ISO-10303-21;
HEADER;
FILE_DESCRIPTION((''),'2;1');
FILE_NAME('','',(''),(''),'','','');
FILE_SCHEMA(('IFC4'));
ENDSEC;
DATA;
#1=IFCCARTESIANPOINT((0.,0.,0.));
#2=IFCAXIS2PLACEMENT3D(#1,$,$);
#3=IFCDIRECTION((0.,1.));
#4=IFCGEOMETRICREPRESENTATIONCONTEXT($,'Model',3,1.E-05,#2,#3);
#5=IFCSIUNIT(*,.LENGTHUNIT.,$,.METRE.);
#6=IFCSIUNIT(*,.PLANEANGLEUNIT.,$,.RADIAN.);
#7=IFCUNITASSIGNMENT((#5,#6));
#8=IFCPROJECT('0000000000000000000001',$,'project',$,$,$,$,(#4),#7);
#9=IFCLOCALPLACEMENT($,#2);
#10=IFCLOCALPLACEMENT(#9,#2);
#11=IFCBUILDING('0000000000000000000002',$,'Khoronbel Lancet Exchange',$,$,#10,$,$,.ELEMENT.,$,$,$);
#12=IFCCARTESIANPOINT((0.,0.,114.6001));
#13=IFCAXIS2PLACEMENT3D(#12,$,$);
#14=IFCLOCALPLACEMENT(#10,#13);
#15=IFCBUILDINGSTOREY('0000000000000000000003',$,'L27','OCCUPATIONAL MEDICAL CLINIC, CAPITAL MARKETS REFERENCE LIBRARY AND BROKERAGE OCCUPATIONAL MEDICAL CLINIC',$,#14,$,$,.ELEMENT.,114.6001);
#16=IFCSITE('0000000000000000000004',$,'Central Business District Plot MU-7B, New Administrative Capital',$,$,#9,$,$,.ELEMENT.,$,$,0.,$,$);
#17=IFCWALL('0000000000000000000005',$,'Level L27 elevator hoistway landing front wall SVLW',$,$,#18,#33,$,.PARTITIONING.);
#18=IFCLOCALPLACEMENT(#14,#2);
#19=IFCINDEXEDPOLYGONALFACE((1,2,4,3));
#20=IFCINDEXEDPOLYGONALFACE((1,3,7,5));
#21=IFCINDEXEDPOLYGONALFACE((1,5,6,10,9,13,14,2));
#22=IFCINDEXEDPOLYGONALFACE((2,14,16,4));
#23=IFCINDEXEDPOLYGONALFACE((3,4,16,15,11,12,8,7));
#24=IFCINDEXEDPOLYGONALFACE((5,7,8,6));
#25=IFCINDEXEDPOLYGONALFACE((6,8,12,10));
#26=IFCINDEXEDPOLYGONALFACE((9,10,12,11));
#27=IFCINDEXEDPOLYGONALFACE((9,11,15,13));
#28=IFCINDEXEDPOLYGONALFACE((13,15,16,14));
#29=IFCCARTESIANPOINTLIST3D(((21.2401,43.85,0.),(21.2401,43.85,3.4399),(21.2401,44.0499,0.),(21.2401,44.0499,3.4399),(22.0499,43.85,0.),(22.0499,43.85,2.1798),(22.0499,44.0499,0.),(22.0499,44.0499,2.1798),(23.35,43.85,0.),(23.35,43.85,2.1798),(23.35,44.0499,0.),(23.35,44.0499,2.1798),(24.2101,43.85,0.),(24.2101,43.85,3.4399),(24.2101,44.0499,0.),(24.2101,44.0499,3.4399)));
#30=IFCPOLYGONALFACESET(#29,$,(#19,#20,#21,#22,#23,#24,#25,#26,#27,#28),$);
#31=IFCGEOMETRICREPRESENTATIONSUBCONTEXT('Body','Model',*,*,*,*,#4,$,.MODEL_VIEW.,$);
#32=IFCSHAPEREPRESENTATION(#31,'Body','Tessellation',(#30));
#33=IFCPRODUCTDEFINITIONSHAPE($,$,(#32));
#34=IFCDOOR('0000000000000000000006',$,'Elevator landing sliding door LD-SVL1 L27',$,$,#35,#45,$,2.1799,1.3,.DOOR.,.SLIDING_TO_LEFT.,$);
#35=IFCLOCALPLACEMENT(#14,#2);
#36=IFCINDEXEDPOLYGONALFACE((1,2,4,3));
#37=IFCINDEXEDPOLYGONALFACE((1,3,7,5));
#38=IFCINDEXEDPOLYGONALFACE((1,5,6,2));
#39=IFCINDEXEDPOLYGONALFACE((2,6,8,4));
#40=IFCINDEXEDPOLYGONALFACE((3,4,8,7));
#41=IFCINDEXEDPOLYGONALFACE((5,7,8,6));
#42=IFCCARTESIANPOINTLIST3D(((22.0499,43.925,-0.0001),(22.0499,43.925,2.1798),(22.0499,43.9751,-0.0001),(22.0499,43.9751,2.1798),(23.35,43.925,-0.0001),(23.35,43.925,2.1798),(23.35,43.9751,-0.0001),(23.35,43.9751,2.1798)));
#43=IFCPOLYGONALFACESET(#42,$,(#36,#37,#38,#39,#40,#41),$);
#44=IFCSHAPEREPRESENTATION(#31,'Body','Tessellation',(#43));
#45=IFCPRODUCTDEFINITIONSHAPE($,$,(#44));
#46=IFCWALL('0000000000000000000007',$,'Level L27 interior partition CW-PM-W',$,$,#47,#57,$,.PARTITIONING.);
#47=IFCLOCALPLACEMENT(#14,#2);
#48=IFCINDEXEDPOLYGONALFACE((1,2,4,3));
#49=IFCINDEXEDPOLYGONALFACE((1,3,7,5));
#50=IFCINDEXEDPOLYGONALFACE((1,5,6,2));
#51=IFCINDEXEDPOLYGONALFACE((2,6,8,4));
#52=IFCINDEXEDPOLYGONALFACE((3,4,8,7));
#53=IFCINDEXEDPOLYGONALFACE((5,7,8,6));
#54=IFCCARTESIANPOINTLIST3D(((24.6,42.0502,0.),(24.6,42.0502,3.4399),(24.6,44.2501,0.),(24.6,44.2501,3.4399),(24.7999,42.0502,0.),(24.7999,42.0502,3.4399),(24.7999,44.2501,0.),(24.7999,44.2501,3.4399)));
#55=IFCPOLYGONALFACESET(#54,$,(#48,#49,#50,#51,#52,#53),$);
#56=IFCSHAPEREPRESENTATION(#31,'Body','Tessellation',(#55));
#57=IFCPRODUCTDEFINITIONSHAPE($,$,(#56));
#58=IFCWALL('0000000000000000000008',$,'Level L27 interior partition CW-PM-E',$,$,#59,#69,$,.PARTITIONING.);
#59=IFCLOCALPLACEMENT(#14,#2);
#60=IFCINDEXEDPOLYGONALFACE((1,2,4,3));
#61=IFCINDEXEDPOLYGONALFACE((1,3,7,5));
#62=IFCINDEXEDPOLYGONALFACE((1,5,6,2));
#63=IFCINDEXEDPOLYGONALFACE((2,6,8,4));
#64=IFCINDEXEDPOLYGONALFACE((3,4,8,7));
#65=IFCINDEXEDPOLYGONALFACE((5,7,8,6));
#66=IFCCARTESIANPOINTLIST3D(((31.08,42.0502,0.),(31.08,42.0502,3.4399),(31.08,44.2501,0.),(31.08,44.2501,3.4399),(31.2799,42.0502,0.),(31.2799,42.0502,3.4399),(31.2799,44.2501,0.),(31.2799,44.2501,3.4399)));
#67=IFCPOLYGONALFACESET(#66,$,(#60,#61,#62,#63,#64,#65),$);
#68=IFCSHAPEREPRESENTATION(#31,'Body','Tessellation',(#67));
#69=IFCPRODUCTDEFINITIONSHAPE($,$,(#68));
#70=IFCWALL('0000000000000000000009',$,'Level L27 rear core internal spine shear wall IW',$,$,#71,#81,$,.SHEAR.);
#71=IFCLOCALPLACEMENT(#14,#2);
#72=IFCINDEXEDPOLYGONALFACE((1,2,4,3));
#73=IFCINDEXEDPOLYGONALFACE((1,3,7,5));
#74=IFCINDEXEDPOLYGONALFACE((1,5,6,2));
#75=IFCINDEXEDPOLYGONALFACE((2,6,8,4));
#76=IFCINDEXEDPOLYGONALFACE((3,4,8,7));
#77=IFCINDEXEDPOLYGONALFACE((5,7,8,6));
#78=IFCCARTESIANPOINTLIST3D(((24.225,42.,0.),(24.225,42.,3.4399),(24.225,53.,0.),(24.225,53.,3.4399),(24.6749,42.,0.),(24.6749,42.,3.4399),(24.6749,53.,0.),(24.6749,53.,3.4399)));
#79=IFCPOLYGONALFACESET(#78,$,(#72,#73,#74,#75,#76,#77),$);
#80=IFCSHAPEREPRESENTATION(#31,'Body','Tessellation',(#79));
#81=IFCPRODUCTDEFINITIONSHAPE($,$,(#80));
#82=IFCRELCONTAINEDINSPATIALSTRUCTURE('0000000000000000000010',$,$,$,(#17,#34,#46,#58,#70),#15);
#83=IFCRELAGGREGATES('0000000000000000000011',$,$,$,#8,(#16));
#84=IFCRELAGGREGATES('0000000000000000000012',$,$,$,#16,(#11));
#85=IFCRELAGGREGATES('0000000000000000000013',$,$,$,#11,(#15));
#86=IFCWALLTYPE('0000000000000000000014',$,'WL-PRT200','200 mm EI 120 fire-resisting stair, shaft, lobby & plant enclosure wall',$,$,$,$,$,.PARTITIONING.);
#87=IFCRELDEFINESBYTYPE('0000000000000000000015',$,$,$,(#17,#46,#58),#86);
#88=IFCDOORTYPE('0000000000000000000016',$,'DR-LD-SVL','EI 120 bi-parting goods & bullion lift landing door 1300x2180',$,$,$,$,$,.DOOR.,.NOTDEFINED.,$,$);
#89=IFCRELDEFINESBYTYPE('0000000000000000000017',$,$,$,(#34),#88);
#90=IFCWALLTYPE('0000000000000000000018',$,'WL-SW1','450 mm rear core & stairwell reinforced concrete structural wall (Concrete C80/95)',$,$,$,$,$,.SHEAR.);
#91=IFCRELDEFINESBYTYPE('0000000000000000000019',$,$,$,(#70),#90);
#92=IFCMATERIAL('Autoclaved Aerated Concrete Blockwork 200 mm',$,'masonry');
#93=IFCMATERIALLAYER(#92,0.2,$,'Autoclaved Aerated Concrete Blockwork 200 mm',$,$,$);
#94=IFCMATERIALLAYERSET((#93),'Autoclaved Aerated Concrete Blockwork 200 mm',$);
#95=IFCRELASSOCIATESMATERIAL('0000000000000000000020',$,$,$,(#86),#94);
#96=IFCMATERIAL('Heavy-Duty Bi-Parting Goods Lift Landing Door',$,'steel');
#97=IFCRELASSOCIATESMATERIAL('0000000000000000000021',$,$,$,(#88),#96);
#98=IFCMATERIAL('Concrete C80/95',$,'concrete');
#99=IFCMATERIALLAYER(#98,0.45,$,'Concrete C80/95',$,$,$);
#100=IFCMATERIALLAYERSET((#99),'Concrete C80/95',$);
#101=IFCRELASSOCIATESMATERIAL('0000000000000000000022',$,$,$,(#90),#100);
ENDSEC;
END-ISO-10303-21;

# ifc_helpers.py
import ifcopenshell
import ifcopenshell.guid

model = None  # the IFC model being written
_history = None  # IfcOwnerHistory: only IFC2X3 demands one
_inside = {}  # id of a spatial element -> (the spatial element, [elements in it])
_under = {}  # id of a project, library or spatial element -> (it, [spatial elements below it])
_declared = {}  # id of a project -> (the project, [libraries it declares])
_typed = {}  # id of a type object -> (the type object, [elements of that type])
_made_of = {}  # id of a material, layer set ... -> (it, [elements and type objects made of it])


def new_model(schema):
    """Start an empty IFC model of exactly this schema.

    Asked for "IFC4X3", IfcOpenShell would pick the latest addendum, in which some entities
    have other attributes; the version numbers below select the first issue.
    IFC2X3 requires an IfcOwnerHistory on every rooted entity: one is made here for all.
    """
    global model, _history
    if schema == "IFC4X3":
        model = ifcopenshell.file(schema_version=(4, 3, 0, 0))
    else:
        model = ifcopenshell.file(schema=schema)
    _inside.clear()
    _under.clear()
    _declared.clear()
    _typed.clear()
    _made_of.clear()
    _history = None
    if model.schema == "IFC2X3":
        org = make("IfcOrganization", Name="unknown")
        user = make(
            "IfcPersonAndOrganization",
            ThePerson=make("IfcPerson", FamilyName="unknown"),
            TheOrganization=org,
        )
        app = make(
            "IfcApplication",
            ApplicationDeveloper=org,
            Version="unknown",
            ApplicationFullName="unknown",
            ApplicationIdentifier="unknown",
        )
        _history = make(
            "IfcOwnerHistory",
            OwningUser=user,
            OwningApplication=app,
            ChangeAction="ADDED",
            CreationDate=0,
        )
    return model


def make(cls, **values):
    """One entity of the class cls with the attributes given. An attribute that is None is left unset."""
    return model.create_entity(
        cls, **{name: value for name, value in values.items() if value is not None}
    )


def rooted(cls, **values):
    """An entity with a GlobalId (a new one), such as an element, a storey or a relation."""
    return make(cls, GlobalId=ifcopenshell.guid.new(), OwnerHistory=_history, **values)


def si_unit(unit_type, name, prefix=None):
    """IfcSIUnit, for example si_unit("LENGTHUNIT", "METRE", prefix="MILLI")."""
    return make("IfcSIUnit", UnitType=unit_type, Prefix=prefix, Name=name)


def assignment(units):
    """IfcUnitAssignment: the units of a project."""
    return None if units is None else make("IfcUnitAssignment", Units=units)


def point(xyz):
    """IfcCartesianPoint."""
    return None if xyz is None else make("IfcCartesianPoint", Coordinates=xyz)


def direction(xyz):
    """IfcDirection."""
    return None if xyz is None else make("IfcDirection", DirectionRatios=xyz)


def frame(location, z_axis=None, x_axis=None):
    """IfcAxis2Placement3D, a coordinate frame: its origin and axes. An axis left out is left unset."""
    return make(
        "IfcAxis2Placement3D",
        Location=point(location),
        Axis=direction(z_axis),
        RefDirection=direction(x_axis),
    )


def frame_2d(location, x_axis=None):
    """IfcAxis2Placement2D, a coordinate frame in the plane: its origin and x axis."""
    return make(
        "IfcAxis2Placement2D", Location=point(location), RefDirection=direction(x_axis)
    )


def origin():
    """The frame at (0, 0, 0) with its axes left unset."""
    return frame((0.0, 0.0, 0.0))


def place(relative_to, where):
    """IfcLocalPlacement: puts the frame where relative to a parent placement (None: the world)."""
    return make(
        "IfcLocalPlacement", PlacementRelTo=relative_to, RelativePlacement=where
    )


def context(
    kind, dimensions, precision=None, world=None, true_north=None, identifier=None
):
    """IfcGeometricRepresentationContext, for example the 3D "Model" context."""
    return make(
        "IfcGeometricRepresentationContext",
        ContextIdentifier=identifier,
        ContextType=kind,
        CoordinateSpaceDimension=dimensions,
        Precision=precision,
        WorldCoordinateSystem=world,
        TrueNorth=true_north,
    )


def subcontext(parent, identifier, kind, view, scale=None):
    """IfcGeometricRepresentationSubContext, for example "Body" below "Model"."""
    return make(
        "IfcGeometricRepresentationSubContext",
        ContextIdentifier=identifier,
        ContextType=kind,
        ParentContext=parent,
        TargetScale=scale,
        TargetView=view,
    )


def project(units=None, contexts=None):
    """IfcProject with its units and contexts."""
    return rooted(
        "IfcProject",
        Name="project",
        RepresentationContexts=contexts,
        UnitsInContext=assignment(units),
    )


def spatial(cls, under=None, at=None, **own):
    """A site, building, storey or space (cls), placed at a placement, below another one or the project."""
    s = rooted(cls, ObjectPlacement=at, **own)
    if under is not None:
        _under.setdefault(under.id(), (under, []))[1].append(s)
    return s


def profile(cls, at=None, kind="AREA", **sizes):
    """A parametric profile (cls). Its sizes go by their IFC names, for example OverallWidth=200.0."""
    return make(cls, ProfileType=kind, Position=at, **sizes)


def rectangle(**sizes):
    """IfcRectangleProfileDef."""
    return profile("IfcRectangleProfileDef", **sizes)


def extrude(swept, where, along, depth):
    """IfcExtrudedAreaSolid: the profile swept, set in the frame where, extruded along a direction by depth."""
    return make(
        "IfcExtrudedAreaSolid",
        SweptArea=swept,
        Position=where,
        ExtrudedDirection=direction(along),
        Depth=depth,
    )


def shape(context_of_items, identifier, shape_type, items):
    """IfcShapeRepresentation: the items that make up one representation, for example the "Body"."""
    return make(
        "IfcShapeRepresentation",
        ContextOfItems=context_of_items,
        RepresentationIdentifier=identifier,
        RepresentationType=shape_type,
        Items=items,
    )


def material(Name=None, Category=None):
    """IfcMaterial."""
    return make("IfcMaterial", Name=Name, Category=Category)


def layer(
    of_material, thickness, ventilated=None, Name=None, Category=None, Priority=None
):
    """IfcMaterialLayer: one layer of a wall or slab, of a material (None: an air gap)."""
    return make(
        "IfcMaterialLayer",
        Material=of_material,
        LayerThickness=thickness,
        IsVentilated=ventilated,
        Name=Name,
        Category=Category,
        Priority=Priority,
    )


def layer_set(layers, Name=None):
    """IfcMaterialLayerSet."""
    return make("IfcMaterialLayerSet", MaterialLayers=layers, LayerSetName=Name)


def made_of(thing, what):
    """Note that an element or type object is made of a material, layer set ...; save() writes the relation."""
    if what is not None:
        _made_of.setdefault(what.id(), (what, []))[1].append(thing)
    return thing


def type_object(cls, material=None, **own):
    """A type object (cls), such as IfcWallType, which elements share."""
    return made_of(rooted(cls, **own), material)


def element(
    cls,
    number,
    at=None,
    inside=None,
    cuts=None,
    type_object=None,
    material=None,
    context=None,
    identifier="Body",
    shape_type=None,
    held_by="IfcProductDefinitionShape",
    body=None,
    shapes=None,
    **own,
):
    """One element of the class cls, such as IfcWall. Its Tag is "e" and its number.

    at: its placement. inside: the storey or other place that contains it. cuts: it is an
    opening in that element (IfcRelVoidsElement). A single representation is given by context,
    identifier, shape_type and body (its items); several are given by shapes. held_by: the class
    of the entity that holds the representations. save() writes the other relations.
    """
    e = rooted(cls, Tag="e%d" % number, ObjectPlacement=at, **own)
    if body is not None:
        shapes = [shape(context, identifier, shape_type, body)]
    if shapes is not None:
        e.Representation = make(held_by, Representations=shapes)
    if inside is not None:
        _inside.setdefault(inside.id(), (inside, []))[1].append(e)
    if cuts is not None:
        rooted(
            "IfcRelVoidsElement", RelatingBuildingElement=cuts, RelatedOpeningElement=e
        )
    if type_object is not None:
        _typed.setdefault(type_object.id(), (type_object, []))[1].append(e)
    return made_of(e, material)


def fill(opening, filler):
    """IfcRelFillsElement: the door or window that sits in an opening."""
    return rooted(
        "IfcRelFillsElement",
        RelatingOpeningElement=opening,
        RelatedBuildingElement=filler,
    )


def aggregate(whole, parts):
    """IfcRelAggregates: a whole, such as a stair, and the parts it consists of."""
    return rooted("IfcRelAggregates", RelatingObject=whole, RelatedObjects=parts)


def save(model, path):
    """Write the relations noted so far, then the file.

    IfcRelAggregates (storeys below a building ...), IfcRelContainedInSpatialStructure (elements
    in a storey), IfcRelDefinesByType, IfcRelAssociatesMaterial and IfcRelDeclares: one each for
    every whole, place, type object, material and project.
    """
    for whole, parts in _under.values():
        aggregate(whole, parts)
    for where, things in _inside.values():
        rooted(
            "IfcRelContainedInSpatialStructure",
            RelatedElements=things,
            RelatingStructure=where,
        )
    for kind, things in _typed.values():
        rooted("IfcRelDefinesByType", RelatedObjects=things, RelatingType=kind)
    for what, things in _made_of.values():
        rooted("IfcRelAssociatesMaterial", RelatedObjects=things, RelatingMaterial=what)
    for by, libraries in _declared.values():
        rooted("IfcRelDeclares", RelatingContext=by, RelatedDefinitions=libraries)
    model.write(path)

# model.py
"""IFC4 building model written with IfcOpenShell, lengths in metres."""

from ifc_helpers import new_model, si_unit, direction, frame, frame_2d, origin, place, context, subcontext, project, spatial, rectangle, extrude, material, layer, layer_set, type_object, element, fill, save


model = new_model("IFC4")

# Units and contexts
model_context = context("Model", 3, precision=1e-05, world=origin(), true_north=direction((0.0, 1.0)))
body_context = subcontext(model_context, "Body", "Model", "MODEL_VIEW")
ifc_project = project(units=[si_unit("LENGTHUNIT", "METRE"), si_unit("PLANEANGLEUNIT", "RADIAN")], contexts=[model_context])

# Site, building, storey
site_placement = place(None, origin())
site = spatial("IfcSite", under=ifc_project, at=site_placement, Name="Central Business District Plot MU-7B, New Administrative Capital", CompositionType="ELEMENT", RefElevation=0.0)
building_placement = place(site_placement, origin())
building = spatial("IfcBuilding", under=site, at=building_placement, Name="Khoronbel Lancet Exchange", CompositionType="ELEMENT")
storey_placement = place(building_placement, frame((0.0, 0.0, 114.6001)))
storey = spatial("IfcBuildingStorey", under=building, at=storey_placement, Name="L27", Description="OCCUPATIONAL MEDICAL CLINIC, CAPITAL MARKETS REFERENCE LIBRARY AND BROKERAGE OCCUPATIONAL MEDICAL CLINIC", CompositionType="ELEMENT", Elevation=114.6001)

# Shared definitions
ifc_material_1 = material(Name="Concrete C80/95", Category="concrete")

# Wall, opening, door
ifc_material_2 = material(Name="Autoclaved Aerated Concrete Blockwork 200 mm", Category="masonry")
ifc_layer_1 = layer(ifc_material_2, 0.2, Name="Autoclaved Aerated Concrete Blockwork 200 mm")
ifc_layer_set_1 = layer_set([ifc_layer_1], Name="Autoclaved Aerated Concrete Blockwork 200 mm")
wall_type_1 = type_object("IfcWallType", Name="WL-PRT200", Description="200 mm EI 120 fire-resisting stair, shaft, lobby & plant enclosure wall", PredefinedType="PARTITIONING", material=ifc_layer_set_1)
wall_1_placement = place(storey_placement, frame((24.21, 43.95, 0.0), z_axis=(0.0, 0.0, 1.0), x_axis=(-1.0, 0.0, 0.0)))
wall_1 = element("IfcWall", 1, at=wall_1_placement, inside=storey, type_object=wall_type_1, Name="Level L27 elevator hoistway landing front wall SVLW", PredefinedType="PARTITIONING", context=body_context, shape_type="SweptSolid", body=[
    extrude(rectangle(XDim=2.97, YDim=0.2, at=frame_2d((1.4849, 0.0))), origin(), (0.0, 0.0, 1.0), 3.4399),
])
opening_1_placement = place(wall_1_placement, frame((0.8601, 0.0, 0.0)))
opening_1 = element("IfcOpeningElement", 2, at=opening_1_placement, cuts=wall_1, PredefinedType="OPENING", context=body_context, shape_type="SweptSolid", body=[
    extrude(rectangle(XDim=1.3, YDim=2.1799, at=frame_2d((0.6499, 1.0898))), frame((0.0, 0.1099, 0.0), z_axis=(0.0, -1.0, 0.0), x_axis=(1.0, 0.0, 0.0)), (0.0, 0.0, 1.0), 0.22),
])
ifc_material_3 = material(Name="Heavy-Duty Bi-Parting Goods Lift Landing Door", Category="steel")
door_type_1 = type_object("IfcDoorType", Name="DR-LD-SVL", Description="EI 120 bi-parting goods & bullion lift landing door 1300x2180", OperationType="NOTDEFINED", PredefinedType="DOOR", material=ifc_material_3)
door_1_placement = place(opening_1_placement, origin())
door_1 = element("IfcDoor", 3, at=door_1_placement, inside=storey, type_object=door_type_1, Name="Elevator landing sliding door LD-SVL1 L27", OperationType="SLIDING_TO_LEFT", OverallHeight=2.1799, OverallWidth=1.3, PredefinedType="DOOR", context=body_context, shape_type="SweptSolid", body=[
    extrude(rectangle(XDim=1.3, YDim=2.1799, at=frame_2d((0.6499, 1.0898))), frame((0.0, 0.0249, 0.0), z_axis=(0.0, -1.0, 0.0), x_axis=(1.0, 0.0, 0.0)), (0.0, 0.0, 1.0), 0.05),
])
fill(opening_1, door_1)

# Walls
for number, where, z_axis, x_axis, name in (
    (4, (24.7, 42.05, 0.0), (0.0, 0.0, 1.0), (0.0, 1.0, 0.0), "Level L27 interior partition CW-PM-W"),
    (5, (31.1799, 42.05, 0.0), (0.0, 0.0, 1.0), (0.0, 1.0, 0.0), "Level L27 interior partition CW-PM-E"),
):
    element("IfcWall", number, at=place(storey_placement, frame(where, z_axis=z_axis, x_axis=x_axis)), inside=storey, type_object=wall_type_1, Name=name, PredefinedType="PARTITIONING", context=body_context, shape_type="SweptSolid", body=[
        extrude(rectangle(XDim=2.2, YDim=0.2, at=frame_2d((1.1001, 0.0))), origin(), (0.0, 0.0, 1.0), 3.4399),
    ])
ifc_layer_2 = layer(ifc_material_1, 0.45, Name="Concrete C80/95")
ifc_layer_set_2 = layer_set([ifc_layer_2], Name="Concrete C80/95")
wall_type_2 = type_object("IfcWallType", Name="WL-SW1", Description="450 mm rear core & stairwell reinforced concrete structural wall (Concrete C80/95)", PredefinedType="SHEAR", material=ifc_layer_set_2)
wall_2_placement = place(storey_placement, frame((24.45, 42.0, 0.0), z_axis=(0.0, 0.0, 1.0), x_axis=(0.0, 1.0, 0.0)))
element("IfcWall", 6, at=wall_2_placement, inside=storey, type_object=wall_type_2, Name="Level L27 rear core internal spine shear wall IW", PredefinedType="SHEAR", context=body_context, shape_type="SweptSolid", body=[
    extrude(rectangle(XDim=11.0, YDim=0.45, at=frame_2d((5.5, 0.0))), origin(), (0.0, 0.0, 1.0), 3.4399),
])

save(model, "model.ifc")
